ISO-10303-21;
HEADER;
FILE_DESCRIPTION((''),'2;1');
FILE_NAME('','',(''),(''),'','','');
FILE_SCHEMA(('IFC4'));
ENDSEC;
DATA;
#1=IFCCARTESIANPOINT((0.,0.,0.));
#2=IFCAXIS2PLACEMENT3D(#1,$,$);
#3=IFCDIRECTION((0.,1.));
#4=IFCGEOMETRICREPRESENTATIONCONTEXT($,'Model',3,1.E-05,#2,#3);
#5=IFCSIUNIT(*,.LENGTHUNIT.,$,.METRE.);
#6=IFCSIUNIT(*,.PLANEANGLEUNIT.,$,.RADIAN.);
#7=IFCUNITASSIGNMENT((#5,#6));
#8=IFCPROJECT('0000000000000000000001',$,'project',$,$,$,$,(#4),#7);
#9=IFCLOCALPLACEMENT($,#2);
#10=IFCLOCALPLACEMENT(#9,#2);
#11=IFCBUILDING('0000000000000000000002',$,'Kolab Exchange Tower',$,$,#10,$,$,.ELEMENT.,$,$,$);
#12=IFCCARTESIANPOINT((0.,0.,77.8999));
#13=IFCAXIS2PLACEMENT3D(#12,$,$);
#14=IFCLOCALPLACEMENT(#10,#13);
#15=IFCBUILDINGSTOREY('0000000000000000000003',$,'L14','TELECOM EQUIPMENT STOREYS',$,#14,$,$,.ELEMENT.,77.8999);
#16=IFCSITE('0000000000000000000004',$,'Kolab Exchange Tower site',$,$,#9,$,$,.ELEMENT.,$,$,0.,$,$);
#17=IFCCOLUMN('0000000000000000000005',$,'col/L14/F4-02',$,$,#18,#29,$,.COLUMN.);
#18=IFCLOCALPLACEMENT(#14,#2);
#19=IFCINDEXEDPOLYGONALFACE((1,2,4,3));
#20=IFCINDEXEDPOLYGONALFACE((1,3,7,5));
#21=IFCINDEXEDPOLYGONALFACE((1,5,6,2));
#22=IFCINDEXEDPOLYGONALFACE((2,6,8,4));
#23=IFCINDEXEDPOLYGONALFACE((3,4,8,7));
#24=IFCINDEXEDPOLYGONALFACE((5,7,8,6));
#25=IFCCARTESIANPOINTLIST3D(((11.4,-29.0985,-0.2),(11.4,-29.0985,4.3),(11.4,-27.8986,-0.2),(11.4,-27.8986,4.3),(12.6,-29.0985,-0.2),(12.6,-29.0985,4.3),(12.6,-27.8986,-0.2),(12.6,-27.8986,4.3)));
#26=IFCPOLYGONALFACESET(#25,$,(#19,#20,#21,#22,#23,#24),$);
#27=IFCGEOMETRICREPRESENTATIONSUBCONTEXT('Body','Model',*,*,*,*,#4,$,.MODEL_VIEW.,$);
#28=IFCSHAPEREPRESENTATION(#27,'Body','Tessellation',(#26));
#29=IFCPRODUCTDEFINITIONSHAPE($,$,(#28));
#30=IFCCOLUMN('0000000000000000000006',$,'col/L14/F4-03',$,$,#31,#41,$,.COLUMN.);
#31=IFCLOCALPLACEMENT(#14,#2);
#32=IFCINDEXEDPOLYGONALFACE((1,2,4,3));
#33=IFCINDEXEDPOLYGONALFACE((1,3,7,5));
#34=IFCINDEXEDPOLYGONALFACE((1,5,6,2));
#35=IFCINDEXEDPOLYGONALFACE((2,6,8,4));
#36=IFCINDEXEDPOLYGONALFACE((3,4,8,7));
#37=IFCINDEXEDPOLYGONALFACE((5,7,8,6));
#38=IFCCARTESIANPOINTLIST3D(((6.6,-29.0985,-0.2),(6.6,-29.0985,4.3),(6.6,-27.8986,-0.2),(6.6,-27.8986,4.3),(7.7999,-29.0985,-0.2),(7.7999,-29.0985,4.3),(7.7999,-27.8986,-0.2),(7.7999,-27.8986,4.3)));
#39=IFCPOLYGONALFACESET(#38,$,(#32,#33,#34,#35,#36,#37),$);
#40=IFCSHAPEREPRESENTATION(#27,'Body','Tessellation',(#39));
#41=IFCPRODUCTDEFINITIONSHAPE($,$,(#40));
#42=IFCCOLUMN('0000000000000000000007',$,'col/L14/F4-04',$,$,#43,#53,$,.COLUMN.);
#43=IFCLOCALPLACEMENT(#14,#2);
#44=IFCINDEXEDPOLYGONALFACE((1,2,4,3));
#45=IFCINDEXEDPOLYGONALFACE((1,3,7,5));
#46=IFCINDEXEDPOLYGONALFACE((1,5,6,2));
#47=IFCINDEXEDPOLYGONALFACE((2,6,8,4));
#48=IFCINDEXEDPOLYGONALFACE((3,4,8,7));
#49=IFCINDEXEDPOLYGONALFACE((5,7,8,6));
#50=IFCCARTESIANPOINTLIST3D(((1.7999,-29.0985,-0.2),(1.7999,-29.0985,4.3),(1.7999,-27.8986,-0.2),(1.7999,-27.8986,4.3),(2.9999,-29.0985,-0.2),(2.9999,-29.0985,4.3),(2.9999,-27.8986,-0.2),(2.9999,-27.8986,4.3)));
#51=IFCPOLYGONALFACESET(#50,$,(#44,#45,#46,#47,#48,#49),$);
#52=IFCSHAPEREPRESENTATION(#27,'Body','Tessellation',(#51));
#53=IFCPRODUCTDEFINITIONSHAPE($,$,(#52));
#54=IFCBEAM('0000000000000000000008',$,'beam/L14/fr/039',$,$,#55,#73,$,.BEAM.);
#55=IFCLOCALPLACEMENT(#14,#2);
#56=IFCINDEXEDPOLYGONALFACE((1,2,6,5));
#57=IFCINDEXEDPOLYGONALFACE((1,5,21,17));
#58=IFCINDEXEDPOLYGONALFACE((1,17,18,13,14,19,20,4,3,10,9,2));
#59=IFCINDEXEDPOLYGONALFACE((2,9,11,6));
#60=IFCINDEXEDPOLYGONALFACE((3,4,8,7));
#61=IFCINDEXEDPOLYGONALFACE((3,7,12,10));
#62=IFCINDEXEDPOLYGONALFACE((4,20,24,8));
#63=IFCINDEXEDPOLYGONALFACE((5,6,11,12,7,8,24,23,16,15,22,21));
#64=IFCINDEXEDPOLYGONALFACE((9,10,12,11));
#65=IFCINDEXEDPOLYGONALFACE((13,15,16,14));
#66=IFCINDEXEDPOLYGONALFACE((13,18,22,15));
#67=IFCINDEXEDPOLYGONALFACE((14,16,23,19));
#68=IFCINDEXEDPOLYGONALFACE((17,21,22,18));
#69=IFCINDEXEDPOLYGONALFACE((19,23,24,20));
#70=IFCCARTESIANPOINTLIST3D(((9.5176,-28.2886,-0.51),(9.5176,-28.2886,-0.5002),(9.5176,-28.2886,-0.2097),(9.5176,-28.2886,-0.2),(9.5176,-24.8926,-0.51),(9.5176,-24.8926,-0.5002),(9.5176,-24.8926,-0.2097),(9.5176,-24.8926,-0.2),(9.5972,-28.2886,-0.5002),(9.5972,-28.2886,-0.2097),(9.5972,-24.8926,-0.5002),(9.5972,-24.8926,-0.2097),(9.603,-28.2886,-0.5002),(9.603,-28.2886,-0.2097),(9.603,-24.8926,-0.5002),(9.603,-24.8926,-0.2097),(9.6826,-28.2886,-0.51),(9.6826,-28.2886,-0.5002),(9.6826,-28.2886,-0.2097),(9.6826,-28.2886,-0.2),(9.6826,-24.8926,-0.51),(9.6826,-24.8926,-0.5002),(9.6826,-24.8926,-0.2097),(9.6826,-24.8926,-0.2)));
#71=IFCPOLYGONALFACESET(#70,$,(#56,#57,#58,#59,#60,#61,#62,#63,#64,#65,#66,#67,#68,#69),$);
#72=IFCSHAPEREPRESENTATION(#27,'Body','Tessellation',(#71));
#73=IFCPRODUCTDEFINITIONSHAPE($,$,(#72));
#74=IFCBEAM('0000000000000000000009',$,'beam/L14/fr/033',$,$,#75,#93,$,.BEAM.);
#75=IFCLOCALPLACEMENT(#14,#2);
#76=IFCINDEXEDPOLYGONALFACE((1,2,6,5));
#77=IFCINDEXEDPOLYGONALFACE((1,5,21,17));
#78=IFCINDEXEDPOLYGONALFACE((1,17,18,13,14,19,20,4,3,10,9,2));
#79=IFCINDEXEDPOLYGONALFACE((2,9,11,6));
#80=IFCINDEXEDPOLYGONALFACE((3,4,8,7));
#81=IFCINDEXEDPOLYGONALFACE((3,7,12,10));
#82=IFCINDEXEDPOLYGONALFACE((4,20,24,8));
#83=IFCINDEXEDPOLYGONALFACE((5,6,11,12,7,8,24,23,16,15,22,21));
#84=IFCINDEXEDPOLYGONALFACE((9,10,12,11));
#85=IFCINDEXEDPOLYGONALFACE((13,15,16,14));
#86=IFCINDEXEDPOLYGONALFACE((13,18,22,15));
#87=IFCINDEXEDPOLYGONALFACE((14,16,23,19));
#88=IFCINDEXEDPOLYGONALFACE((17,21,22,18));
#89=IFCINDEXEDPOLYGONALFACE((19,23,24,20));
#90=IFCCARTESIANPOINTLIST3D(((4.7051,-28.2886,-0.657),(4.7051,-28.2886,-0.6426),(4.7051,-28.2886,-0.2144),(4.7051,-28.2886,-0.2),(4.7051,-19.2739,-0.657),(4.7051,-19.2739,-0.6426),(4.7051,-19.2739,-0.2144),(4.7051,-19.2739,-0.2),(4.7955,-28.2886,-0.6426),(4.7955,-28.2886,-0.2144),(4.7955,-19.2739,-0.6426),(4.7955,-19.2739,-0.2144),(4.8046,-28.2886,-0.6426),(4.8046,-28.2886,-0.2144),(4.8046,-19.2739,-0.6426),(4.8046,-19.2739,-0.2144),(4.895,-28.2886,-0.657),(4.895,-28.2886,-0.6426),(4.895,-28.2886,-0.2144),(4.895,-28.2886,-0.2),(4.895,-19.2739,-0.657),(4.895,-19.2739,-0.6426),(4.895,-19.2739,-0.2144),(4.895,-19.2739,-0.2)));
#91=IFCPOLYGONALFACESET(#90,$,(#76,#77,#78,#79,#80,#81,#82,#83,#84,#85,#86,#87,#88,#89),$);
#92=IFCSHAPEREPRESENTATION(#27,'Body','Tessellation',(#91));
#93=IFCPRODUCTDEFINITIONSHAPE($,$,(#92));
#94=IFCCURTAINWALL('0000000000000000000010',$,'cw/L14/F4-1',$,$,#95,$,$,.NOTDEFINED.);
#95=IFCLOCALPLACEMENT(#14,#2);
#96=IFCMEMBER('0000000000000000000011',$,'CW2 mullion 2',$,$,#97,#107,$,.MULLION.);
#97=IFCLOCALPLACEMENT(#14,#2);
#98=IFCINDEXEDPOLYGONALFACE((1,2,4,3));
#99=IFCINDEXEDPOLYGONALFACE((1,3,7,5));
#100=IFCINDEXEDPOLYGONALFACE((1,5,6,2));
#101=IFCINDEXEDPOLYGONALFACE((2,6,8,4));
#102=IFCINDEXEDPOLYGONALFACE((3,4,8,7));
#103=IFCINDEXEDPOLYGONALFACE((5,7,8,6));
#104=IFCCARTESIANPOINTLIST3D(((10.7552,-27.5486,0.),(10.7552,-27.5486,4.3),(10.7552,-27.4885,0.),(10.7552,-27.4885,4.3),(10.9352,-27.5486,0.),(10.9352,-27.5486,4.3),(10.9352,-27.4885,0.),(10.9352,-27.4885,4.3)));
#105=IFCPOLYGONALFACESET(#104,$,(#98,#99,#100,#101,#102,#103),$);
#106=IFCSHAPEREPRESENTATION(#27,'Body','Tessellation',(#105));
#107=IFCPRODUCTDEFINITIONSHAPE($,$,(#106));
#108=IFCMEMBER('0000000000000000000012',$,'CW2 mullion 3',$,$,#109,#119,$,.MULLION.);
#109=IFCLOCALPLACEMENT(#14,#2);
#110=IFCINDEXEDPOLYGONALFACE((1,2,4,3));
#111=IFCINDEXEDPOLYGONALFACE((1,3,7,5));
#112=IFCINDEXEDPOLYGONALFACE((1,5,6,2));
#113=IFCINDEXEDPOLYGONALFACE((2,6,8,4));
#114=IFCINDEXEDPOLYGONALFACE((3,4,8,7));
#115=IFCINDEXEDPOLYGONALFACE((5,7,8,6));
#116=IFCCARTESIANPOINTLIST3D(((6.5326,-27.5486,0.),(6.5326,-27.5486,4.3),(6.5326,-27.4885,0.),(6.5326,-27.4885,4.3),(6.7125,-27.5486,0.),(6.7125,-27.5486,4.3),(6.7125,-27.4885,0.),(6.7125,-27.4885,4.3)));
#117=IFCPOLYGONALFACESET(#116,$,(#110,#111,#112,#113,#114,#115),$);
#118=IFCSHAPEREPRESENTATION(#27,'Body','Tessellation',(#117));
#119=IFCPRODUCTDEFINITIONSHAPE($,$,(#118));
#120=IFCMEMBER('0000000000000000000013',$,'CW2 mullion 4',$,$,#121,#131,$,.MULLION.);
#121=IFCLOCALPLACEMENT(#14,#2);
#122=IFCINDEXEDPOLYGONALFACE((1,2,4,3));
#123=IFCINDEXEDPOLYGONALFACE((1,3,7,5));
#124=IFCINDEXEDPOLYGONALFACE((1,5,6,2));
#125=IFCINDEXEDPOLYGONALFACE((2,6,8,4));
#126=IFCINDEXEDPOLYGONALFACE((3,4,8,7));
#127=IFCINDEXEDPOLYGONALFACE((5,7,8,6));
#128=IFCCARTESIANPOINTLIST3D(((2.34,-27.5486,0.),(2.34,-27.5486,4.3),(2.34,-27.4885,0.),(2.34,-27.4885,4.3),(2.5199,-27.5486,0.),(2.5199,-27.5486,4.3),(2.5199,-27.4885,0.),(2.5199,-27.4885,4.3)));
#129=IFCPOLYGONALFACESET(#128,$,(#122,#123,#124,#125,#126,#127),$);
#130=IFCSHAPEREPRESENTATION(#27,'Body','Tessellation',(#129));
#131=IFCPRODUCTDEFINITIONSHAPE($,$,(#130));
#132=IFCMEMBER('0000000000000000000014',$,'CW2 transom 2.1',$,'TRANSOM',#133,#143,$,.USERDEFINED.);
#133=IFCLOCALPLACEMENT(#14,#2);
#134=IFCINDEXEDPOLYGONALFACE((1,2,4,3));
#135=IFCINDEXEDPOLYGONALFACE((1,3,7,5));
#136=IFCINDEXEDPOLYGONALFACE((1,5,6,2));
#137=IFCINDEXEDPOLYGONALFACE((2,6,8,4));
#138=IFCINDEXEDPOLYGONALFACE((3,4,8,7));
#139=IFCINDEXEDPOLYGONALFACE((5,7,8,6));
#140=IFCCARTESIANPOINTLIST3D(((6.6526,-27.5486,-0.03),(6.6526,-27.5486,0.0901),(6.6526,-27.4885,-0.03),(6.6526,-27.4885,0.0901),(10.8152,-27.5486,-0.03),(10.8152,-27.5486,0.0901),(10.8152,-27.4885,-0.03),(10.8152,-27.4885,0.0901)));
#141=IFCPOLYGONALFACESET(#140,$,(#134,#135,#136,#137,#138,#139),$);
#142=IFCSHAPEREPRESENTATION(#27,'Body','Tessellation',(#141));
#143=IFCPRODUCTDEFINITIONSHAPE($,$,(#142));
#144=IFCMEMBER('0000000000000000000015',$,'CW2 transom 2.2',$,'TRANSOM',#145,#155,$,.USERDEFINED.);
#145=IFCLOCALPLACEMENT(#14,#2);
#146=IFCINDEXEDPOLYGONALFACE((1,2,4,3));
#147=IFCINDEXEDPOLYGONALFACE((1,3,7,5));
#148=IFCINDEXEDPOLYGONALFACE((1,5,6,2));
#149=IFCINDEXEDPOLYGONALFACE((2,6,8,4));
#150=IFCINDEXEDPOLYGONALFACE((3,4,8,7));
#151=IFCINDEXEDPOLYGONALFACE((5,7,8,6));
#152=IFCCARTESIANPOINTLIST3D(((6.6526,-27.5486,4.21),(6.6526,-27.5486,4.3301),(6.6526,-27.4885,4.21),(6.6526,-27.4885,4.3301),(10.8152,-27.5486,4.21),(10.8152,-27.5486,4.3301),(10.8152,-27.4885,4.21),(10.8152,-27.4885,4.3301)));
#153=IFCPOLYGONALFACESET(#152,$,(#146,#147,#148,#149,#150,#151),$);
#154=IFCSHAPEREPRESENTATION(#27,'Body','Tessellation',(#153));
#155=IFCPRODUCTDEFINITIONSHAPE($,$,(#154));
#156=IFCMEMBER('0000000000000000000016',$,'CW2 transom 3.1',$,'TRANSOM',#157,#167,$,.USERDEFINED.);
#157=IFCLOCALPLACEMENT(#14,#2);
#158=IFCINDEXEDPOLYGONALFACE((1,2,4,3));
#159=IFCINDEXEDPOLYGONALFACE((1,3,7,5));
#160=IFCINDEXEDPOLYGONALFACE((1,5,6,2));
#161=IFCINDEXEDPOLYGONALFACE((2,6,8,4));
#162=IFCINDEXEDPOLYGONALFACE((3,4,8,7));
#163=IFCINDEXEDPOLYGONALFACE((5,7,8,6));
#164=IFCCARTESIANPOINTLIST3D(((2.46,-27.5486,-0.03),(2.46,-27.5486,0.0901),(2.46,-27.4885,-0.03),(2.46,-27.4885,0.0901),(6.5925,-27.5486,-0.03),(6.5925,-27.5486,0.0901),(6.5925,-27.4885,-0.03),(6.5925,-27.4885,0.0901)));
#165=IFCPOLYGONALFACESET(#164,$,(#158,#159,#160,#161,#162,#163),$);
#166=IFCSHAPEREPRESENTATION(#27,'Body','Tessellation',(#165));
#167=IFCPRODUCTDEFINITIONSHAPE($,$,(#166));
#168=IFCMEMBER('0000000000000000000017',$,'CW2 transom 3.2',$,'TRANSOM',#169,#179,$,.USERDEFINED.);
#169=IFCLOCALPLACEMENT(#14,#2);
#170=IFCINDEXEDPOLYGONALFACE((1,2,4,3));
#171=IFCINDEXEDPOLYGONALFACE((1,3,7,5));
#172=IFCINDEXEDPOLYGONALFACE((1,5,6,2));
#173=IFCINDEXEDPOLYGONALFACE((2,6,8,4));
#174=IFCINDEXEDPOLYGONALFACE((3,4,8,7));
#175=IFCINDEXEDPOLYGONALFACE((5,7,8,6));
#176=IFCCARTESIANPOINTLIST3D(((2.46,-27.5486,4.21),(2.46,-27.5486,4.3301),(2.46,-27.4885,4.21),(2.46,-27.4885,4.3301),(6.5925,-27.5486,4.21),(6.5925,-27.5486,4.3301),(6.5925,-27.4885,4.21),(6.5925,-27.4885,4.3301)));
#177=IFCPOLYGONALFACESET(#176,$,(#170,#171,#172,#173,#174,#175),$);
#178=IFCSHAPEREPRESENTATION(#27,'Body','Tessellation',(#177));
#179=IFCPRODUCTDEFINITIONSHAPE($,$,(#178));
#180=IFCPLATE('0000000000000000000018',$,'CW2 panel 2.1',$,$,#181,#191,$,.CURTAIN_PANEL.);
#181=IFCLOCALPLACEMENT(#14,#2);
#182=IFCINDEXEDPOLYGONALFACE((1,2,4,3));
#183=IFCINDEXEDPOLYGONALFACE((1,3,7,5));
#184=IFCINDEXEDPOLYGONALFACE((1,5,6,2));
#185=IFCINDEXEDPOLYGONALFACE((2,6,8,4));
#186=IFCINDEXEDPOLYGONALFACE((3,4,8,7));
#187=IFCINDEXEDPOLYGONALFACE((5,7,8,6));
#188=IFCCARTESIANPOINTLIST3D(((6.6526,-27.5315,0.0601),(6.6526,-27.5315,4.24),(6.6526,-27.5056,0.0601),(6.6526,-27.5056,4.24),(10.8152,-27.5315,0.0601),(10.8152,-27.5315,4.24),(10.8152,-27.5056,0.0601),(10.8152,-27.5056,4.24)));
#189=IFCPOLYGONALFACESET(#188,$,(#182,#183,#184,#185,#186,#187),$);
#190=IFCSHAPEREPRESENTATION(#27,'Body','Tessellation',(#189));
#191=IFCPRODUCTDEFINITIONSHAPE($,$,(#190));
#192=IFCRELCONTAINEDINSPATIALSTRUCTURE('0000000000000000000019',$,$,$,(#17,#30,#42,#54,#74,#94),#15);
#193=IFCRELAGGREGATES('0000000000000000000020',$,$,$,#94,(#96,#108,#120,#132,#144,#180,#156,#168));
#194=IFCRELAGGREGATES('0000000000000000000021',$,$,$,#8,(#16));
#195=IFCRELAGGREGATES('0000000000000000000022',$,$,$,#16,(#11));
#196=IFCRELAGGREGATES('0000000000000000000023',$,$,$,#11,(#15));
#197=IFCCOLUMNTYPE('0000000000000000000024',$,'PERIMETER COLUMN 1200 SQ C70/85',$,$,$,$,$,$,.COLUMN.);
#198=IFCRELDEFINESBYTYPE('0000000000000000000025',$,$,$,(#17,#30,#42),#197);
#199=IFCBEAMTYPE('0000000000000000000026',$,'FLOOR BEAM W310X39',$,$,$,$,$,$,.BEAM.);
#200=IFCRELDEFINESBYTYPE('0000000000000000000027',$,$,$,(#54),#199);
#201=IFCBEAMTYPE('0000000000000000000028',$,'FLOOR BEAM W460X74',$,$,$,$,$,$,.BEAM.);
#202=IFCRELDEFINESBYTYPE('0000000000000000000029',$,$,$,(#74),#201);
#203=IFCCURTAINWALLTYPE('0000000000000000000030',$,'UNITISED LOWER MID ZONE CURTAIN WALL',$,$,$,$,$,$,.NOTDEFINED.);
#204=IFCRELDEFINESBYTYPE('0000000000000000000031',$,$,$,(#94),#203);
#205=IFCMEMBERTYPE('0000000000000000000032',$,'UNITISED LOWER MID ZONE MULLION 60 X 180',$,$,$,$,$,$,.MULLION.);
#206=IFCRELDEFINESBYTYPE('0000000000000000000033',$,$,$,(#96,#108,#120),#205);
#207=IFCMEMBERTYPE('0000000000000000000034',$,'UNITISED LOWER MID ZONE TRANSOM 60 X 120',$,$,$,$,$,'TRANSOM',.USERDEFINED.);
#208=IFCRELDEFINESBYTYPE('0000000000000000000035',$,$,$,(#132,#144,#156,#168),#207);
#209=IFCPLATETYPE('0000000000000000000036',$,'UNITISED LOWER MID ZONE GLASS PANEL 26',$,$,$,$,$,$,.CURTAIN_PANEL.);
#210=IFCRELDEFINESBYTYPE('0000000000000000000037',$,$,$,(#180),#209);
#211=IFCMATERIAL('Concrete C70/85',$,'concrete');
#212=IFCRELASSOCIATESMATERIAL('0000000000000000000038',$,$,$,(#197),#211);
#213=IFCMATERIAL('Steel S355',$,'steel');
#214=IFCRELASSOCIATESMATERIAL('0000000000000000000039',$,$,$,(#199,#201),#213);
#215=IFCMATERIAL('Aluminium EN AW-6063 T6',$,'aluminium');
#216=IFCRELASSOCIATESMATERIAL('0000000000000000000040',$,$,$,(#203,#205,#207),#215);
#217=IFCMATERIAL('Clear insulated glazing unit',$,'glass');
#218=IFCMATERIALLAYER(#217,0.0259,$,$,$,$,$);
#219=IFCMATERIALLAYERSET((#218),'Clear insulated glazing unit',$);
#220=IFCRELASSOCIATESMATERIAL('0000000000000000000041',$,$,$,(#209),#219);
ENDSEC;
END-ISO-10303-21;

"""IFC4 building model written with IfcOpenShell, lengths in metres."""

from ifc_helpers import new_model, si_unit, direction, frame, origin, origin_2d, place, context, subcontext, project, spatial, rectangle, i_section, extrude, material, layer, layer_set, material_profile, profile_set, type_object, element, aggregate, save


model = new_model("IFC4")

# Units and contexts
model_context = context("Model", 3, precision=1e-05, world=origin(), true_north=direction((0.0, 1.0)))
body_context = subcontext(model_context, "Body", "Model", "MODEL_VIEW")
ifc_project = project(units=[si_unit("LENGTHUNIT", "METRE"), si_unit("PLANEANGLEUNIT", "RADIAN")], contexts=[model_context])

# Site, building, storey
site_placement = place(None, origin())
site = spatial("IfcSite", under=ifc_project, at=site_placement, Name="Kolab Exchange Tower site", CompositionType="ELEMENT", RefElevation=0.0)
building_placement = place(site_placement, origin())
building = spatial("IfcBuilding", under=site, at=building_placement, Name="Kolab Exchange Tower", CompositionType="ELEMENT")
storey_placement = place(building_placement, frame((0.0, 0.0, 77.8999)))
storey = spatial("IfcBuildingStorey", under=building, at=storey_placement, Name="L14", Description="TELECOM EQUIPMENT STOREYS", CompositionType="ELEMENT", Elevation=77.8999)

# Columns
ifc_material_1 = material(Name="Concrete C70/85", Category="concrete")
ifc_material_profile_1 = material_profile(ifc_material_1, rectangle(XDim=1.2, YDim=1.2, at=origin_2d()), Name="RC1200")
ifc_profile_set_1 = profile_set([ifc_material_profile_1], Name="Concrete C70/85")
column_type = type_object("IfcColumnType", Name="PERIMETER COLUMN 1200 SQ C70/85", PredefinedType="COLUMN", material=ifc_profile_set_1)
for number, where, z_axis, x_axis, name in (
    (1, (12.0, -28.4985, -0.2), (0.0, 0.0, 1.0), (1.0, 0.0, 0.0), "col/L14/F4-02"),
    (2, (7.2, -28.4985, -0.2), (0.0, 0.0, 1.0), (1.0, 0.0, 0.0), "col/L14/F4-03"),
    (3, (2.3999, -28.4985, -0.2), (0.0, 0.0, 1.0), (1.0, 0.0, 0.0), "col/L14/F4-04"),
):
    element("IfcColumn", number, at=place(storey_placement, frame(where, z_axis=z_axis, x_axis=x_axis)), inside=storey, type_object=column_type, Name=name, PredefinedType="COLUMN", context=body_context, shape_type="SweptSolid", body=[
        extrude(rectangle(XDim=1.2, YDim=1.2, at=origin_2d()), origin(), (0.0, 0.0, 1.0), 4.5),
    ])

# Beams
ifc_material_2 = material(Name="Steel S355", Category="steel")
ifc_material_profile_2 = material_profile(ifc_material_2, i_section(OverallWidth=0.165, OverallDepth=0.3101, WebThickness=0.0059, FlangeThickness=0.0098, at=origin_2d()), Name="W310X39")
ifc_profile_set_2 = profile_set([ifc_material_profile_2], Name="Steel S355")
beam_type_1 = type_object("IfcBeamType", Name="FLOOR BEAM W310X39", PredefinedType="BEAM", material=ifc_profile_set_2)
beam_1_placement = place(storey_placement, frame((9.6001, -28.2886, -0.355), z_axis=(0.0, 1.0, 0.0), x_axis=(-1.0, 0.0, 0.0)))
element("IfcBeam", 4, at=beam_1_placement, inside=storey, type_object=beam_type_1, Name="beam/L14/fr/039", PredefinedType="BEAM", context=body_context, shape_type="SweptSolid", body=[
    extrude(i_section(OverallWidth=0.165, OverallDepth=0.3101, WebThickness=0.0059, FlangeThickness=0.0098, at=origin_2d()), origin(), (0.0, 0.0, 1.0), 3.396),
])
ifc_material_profile_3 = material_profile(ifc_material_2, i_section(OverallWidth=0.1899, OverallDepth=0.457, WebThickness=0.009, FlangeThickness=0.0144, at=origin_2d()), Name="W460X74")
ifc_profile_set_3 = profile_set([ifc_material_profile_3], Name="Steel S355")
beam_type_2 = type_object("IfcBeamType", Name="FLOOR BEAM W460X74", PredefinedType="BEAM", material=ifc_profile_set_3)
beam_2_placement = place(storey_placement, frame((4.8, -28.2886, -0.4285), z_axis=(0.0, 1.0, 0.0), x_axis=(-1.0, 0.0, 0.0)))
element("IfcBeam", 5, at=beam_2_placement, inside=storey, type_object=beam_type_2, Name="beam/L14/fr/033", PredefinedType="BEAM", context=body_context, shape_type="SweptSolid", body=[
    extrude(i_section(OverallWidth=0.1899, OverallDepth=0.457, WebThickness=0.009, FlangeThickness=0.0144, at=origin_2d()), origin(), (0.0, 0.0, 1.0), 9.0146),
])

# Curtain wall, members, plate
ifc_material_3 = material(Name="Aluminium EN AW-6063 T6", Category="aluminium")
curtain_wall_type = type_object("IfcCurtainWallType", Name="UNITISED LOWER MID ZONE CURTAIN WALL", PredefinedType="NOTDEFINED", material=ifc_material_3)
curtain_wall_placement = place(storey_placement, origin())
curtain_wall = element("IfcCurtainWall", 6, at=curtain_wall_placement, inside=storey, type_object=curtain_wall_type, Name="cw/L14/F4-1", PredefinedType="NOTDEFINED")
ifc_material_profile_4 = material_profile(ifc_material_3, rectangle(XDim=0.0601, YDim=0.1799, at=origin_2d()), Name="RECT 60X180")
ifc_profile_set_4 = profile_set([ifc_material_profile_4], Name="Aluminium EN AW-6063 T6")
member_type_1 = type_object("IfcMemberType", Name="UNITISED LOWER MID ZONE MULLION 60 X 180", PredefinedType="MULLION", material=ifc_profile_set_4)
member_1_placement = place(storey_placement, frame((10.8452, -27.5186, 0.0), z_axis=(0.0, 0.0, 1.0), x_axis=(0.0, -1.0, 0.0)))
member_1 = element("IfcMember", 7, at=member_1_placement, type_object=member_type_1, Name="CW2 mullion 2", PredefinedType="MULLION", context=body_context, shape_type="SweptSolid", body=[
    extrude(rectangle(XDim=0.0601, YDim=0.1799, at=origin_2d()), origin(), (0.0, 0.0, 1.0), 4.3),
])
member_2_placement = place(storey_placement, frame((6.6226, -27.5186, 0.0), z_axis=(0.0, 0.0, 1.0), x_axis=(0.0, -1.0, 0.0)))
member_2 = element("IfcMember", 8, at=member_2_placement, type_object=member_type_1, Name="CW2 mullion 3", PredefinedType="MULLION", context=body_context, shape_type="SweptSolid", body=[
    extrude(rectangle(XDim=0.0601, YDim=0.1799, at=origin_2d()), origin(), (0.0, 0.0, 1.0), 4.3),
])
member_3_placement = place(storey_placement, frame((2.4299, -27.5186, 0.0), z_axis=(0.0, 0.0, 1.0), x_axis=(0.0, -1.0, 0.0)))
member_3 = element("IfcMember", 9, at=member_3_placement, type_object=member_type_1, Name="CW2 mullion 4", PredefinedType="MULLION", context=body_context, shape_type="SweptSolid", body=[
    extrude(rectangle(XDim=0.0601, YDim=0.1799, at=origin_2d()), origin(), (0.0, 0.0, 1.0), 4.3),
])
ifc_material_profile_5 = material_profile(ifc_material_3, rectangle(XDim=0.0601, YDim=0.1201, at=origin_2d()), Name="RECT 60X120")
ifc_profile_set_5 = profile_set([ifc_material_profile_5], Name="Aluminium EN AW-6063 T6")
member_type_2 = type_object("IfcMemberType", Name="UNITISED LOWER MID ZONE TRANSOM 60 X 120", ElementType="TRANSOM", PredefinedType="USERDEFINED", material=ifc_profile_set_5)
member_4_placement = place(storey_placement, frame((10.8152, -27.5186, 0.03), z_axis=(-1.0, 0.0, 0.0), x_axis=(0.0, -1.0, 0.0)))
member_4 = element("IfcMember", 10, at=member_4_placement, type_object=member_type_2, Name="CW2 transom 2.1", ObjectType="TRANSOM", PredefinedType="USERDEFINED", context=body_context, shape_type="SweptSolid", body=[
    extrude(rectangle(XDim=0.0601, YDim=0.1201, at=origin_2d()), origin(), (0.0, 0.0, 1.0), 4.1626),
])
member_5_placement = place(storey_placement, frame((10.8152, -27.5186, 4.27), z_axis=(-1.0, 0.0, 0.0), x_axis=(0.0, -1.0, 0.0)))
member_5 = element("IfcMember", 11, at=member_5_placement, type_object=member_type_2, Name="CW2 transom 2.2", ObjectType="TRANSOM", PredefinedType="USERDEFINED", context=body_context, shape_type="SweptSolid", body=[
    extrude(rectangle(XDim=0.0601, YDim=0.1201, at=origin_2d()), origin(), (0.0, 0.0, 1.0), 4.1626),
])
member_6_placement = place(storey_placement, frame((6.5925, -27.5186, 0.03), z_axis=(-1.0, 0.0, 0.0), x_axis=(0.0, -1.0, 0.0)))
member_6 = element("IfcMember", 12, at=member_6_placement, type_object=member_type_2, Name="CW2 transom 3.1", ObjectType="TRANSOM", PredefinedType="USERDEFINED", context=body_context, shape_type="SweptSolid", body=[
    extrude(rectangle(XDim=0.0601, YDim=0.1201, at=origin_2d()), origin(), (0.0, 0.0, 1.0), 4.1326),
])
member_7_placement = place(storey_placement, frame((6.5925, -27.5186, 4.27), z_axis=(-1.0, 0.0, 0.0), x_axis=(0.0, -1.0, 0.0)))
member_7 = element("IfcMember", 13, at=member_7_placement, type_object=member_type_2, Name="CW2 transom 3.2", ObjectType="TRANSOM", PredefinedType="USERDEFINED", context=body_context, shape_type="SweptSolid", body=[
    extrude(rectangle(XDim=0.0601, YDim=0.1201, at=origin_2d()), origin(), (0.0, 0.0, 1.0), 4.1326),
])
ifc_material_4 = material(Name="Clear insulated glazing unit", Category="glass")
ifc_layer_1 = layer(ifc_material_4, 0.0259)
ifc_layer_set_1 = layer_set([ifc_layer_1], Name="Clear insulated glazing unit")
plate_type = type_object("IfcPlateType", Name="UNITISED LOWER MID ZONE GLASS PANEL 26", PredefinedType="CURTAIN_PANEL", material=ifc_layer_set_1)
plate_1_placement = place(storey_placement, frame((8.7339, -27.5186, 0.0601), z_axis=(0.0, 0.0, 1.0), x_axis=(-1.0, 0.0, 0.0)))
plate_1 = element("IfcPlate", 14, at=plate_1_placement, type_object=plate_type, Name="CW2 panel 2.1", PredefinedType="CURTAIN_PANEL", context=body_context, shape_type="SweptSolid", body=[
    extrude(rectangle(XDim=4.1626, YDim=0.0259, at=origin_2d()), origin(), (0.0, 0.0, 1.0), 4.1799),
])
aggregate(curtain_wall, [member_1, member_2, member_3, member_4, member_5, plate_1, member_6, member_7])

save(model, "model.ifc")
